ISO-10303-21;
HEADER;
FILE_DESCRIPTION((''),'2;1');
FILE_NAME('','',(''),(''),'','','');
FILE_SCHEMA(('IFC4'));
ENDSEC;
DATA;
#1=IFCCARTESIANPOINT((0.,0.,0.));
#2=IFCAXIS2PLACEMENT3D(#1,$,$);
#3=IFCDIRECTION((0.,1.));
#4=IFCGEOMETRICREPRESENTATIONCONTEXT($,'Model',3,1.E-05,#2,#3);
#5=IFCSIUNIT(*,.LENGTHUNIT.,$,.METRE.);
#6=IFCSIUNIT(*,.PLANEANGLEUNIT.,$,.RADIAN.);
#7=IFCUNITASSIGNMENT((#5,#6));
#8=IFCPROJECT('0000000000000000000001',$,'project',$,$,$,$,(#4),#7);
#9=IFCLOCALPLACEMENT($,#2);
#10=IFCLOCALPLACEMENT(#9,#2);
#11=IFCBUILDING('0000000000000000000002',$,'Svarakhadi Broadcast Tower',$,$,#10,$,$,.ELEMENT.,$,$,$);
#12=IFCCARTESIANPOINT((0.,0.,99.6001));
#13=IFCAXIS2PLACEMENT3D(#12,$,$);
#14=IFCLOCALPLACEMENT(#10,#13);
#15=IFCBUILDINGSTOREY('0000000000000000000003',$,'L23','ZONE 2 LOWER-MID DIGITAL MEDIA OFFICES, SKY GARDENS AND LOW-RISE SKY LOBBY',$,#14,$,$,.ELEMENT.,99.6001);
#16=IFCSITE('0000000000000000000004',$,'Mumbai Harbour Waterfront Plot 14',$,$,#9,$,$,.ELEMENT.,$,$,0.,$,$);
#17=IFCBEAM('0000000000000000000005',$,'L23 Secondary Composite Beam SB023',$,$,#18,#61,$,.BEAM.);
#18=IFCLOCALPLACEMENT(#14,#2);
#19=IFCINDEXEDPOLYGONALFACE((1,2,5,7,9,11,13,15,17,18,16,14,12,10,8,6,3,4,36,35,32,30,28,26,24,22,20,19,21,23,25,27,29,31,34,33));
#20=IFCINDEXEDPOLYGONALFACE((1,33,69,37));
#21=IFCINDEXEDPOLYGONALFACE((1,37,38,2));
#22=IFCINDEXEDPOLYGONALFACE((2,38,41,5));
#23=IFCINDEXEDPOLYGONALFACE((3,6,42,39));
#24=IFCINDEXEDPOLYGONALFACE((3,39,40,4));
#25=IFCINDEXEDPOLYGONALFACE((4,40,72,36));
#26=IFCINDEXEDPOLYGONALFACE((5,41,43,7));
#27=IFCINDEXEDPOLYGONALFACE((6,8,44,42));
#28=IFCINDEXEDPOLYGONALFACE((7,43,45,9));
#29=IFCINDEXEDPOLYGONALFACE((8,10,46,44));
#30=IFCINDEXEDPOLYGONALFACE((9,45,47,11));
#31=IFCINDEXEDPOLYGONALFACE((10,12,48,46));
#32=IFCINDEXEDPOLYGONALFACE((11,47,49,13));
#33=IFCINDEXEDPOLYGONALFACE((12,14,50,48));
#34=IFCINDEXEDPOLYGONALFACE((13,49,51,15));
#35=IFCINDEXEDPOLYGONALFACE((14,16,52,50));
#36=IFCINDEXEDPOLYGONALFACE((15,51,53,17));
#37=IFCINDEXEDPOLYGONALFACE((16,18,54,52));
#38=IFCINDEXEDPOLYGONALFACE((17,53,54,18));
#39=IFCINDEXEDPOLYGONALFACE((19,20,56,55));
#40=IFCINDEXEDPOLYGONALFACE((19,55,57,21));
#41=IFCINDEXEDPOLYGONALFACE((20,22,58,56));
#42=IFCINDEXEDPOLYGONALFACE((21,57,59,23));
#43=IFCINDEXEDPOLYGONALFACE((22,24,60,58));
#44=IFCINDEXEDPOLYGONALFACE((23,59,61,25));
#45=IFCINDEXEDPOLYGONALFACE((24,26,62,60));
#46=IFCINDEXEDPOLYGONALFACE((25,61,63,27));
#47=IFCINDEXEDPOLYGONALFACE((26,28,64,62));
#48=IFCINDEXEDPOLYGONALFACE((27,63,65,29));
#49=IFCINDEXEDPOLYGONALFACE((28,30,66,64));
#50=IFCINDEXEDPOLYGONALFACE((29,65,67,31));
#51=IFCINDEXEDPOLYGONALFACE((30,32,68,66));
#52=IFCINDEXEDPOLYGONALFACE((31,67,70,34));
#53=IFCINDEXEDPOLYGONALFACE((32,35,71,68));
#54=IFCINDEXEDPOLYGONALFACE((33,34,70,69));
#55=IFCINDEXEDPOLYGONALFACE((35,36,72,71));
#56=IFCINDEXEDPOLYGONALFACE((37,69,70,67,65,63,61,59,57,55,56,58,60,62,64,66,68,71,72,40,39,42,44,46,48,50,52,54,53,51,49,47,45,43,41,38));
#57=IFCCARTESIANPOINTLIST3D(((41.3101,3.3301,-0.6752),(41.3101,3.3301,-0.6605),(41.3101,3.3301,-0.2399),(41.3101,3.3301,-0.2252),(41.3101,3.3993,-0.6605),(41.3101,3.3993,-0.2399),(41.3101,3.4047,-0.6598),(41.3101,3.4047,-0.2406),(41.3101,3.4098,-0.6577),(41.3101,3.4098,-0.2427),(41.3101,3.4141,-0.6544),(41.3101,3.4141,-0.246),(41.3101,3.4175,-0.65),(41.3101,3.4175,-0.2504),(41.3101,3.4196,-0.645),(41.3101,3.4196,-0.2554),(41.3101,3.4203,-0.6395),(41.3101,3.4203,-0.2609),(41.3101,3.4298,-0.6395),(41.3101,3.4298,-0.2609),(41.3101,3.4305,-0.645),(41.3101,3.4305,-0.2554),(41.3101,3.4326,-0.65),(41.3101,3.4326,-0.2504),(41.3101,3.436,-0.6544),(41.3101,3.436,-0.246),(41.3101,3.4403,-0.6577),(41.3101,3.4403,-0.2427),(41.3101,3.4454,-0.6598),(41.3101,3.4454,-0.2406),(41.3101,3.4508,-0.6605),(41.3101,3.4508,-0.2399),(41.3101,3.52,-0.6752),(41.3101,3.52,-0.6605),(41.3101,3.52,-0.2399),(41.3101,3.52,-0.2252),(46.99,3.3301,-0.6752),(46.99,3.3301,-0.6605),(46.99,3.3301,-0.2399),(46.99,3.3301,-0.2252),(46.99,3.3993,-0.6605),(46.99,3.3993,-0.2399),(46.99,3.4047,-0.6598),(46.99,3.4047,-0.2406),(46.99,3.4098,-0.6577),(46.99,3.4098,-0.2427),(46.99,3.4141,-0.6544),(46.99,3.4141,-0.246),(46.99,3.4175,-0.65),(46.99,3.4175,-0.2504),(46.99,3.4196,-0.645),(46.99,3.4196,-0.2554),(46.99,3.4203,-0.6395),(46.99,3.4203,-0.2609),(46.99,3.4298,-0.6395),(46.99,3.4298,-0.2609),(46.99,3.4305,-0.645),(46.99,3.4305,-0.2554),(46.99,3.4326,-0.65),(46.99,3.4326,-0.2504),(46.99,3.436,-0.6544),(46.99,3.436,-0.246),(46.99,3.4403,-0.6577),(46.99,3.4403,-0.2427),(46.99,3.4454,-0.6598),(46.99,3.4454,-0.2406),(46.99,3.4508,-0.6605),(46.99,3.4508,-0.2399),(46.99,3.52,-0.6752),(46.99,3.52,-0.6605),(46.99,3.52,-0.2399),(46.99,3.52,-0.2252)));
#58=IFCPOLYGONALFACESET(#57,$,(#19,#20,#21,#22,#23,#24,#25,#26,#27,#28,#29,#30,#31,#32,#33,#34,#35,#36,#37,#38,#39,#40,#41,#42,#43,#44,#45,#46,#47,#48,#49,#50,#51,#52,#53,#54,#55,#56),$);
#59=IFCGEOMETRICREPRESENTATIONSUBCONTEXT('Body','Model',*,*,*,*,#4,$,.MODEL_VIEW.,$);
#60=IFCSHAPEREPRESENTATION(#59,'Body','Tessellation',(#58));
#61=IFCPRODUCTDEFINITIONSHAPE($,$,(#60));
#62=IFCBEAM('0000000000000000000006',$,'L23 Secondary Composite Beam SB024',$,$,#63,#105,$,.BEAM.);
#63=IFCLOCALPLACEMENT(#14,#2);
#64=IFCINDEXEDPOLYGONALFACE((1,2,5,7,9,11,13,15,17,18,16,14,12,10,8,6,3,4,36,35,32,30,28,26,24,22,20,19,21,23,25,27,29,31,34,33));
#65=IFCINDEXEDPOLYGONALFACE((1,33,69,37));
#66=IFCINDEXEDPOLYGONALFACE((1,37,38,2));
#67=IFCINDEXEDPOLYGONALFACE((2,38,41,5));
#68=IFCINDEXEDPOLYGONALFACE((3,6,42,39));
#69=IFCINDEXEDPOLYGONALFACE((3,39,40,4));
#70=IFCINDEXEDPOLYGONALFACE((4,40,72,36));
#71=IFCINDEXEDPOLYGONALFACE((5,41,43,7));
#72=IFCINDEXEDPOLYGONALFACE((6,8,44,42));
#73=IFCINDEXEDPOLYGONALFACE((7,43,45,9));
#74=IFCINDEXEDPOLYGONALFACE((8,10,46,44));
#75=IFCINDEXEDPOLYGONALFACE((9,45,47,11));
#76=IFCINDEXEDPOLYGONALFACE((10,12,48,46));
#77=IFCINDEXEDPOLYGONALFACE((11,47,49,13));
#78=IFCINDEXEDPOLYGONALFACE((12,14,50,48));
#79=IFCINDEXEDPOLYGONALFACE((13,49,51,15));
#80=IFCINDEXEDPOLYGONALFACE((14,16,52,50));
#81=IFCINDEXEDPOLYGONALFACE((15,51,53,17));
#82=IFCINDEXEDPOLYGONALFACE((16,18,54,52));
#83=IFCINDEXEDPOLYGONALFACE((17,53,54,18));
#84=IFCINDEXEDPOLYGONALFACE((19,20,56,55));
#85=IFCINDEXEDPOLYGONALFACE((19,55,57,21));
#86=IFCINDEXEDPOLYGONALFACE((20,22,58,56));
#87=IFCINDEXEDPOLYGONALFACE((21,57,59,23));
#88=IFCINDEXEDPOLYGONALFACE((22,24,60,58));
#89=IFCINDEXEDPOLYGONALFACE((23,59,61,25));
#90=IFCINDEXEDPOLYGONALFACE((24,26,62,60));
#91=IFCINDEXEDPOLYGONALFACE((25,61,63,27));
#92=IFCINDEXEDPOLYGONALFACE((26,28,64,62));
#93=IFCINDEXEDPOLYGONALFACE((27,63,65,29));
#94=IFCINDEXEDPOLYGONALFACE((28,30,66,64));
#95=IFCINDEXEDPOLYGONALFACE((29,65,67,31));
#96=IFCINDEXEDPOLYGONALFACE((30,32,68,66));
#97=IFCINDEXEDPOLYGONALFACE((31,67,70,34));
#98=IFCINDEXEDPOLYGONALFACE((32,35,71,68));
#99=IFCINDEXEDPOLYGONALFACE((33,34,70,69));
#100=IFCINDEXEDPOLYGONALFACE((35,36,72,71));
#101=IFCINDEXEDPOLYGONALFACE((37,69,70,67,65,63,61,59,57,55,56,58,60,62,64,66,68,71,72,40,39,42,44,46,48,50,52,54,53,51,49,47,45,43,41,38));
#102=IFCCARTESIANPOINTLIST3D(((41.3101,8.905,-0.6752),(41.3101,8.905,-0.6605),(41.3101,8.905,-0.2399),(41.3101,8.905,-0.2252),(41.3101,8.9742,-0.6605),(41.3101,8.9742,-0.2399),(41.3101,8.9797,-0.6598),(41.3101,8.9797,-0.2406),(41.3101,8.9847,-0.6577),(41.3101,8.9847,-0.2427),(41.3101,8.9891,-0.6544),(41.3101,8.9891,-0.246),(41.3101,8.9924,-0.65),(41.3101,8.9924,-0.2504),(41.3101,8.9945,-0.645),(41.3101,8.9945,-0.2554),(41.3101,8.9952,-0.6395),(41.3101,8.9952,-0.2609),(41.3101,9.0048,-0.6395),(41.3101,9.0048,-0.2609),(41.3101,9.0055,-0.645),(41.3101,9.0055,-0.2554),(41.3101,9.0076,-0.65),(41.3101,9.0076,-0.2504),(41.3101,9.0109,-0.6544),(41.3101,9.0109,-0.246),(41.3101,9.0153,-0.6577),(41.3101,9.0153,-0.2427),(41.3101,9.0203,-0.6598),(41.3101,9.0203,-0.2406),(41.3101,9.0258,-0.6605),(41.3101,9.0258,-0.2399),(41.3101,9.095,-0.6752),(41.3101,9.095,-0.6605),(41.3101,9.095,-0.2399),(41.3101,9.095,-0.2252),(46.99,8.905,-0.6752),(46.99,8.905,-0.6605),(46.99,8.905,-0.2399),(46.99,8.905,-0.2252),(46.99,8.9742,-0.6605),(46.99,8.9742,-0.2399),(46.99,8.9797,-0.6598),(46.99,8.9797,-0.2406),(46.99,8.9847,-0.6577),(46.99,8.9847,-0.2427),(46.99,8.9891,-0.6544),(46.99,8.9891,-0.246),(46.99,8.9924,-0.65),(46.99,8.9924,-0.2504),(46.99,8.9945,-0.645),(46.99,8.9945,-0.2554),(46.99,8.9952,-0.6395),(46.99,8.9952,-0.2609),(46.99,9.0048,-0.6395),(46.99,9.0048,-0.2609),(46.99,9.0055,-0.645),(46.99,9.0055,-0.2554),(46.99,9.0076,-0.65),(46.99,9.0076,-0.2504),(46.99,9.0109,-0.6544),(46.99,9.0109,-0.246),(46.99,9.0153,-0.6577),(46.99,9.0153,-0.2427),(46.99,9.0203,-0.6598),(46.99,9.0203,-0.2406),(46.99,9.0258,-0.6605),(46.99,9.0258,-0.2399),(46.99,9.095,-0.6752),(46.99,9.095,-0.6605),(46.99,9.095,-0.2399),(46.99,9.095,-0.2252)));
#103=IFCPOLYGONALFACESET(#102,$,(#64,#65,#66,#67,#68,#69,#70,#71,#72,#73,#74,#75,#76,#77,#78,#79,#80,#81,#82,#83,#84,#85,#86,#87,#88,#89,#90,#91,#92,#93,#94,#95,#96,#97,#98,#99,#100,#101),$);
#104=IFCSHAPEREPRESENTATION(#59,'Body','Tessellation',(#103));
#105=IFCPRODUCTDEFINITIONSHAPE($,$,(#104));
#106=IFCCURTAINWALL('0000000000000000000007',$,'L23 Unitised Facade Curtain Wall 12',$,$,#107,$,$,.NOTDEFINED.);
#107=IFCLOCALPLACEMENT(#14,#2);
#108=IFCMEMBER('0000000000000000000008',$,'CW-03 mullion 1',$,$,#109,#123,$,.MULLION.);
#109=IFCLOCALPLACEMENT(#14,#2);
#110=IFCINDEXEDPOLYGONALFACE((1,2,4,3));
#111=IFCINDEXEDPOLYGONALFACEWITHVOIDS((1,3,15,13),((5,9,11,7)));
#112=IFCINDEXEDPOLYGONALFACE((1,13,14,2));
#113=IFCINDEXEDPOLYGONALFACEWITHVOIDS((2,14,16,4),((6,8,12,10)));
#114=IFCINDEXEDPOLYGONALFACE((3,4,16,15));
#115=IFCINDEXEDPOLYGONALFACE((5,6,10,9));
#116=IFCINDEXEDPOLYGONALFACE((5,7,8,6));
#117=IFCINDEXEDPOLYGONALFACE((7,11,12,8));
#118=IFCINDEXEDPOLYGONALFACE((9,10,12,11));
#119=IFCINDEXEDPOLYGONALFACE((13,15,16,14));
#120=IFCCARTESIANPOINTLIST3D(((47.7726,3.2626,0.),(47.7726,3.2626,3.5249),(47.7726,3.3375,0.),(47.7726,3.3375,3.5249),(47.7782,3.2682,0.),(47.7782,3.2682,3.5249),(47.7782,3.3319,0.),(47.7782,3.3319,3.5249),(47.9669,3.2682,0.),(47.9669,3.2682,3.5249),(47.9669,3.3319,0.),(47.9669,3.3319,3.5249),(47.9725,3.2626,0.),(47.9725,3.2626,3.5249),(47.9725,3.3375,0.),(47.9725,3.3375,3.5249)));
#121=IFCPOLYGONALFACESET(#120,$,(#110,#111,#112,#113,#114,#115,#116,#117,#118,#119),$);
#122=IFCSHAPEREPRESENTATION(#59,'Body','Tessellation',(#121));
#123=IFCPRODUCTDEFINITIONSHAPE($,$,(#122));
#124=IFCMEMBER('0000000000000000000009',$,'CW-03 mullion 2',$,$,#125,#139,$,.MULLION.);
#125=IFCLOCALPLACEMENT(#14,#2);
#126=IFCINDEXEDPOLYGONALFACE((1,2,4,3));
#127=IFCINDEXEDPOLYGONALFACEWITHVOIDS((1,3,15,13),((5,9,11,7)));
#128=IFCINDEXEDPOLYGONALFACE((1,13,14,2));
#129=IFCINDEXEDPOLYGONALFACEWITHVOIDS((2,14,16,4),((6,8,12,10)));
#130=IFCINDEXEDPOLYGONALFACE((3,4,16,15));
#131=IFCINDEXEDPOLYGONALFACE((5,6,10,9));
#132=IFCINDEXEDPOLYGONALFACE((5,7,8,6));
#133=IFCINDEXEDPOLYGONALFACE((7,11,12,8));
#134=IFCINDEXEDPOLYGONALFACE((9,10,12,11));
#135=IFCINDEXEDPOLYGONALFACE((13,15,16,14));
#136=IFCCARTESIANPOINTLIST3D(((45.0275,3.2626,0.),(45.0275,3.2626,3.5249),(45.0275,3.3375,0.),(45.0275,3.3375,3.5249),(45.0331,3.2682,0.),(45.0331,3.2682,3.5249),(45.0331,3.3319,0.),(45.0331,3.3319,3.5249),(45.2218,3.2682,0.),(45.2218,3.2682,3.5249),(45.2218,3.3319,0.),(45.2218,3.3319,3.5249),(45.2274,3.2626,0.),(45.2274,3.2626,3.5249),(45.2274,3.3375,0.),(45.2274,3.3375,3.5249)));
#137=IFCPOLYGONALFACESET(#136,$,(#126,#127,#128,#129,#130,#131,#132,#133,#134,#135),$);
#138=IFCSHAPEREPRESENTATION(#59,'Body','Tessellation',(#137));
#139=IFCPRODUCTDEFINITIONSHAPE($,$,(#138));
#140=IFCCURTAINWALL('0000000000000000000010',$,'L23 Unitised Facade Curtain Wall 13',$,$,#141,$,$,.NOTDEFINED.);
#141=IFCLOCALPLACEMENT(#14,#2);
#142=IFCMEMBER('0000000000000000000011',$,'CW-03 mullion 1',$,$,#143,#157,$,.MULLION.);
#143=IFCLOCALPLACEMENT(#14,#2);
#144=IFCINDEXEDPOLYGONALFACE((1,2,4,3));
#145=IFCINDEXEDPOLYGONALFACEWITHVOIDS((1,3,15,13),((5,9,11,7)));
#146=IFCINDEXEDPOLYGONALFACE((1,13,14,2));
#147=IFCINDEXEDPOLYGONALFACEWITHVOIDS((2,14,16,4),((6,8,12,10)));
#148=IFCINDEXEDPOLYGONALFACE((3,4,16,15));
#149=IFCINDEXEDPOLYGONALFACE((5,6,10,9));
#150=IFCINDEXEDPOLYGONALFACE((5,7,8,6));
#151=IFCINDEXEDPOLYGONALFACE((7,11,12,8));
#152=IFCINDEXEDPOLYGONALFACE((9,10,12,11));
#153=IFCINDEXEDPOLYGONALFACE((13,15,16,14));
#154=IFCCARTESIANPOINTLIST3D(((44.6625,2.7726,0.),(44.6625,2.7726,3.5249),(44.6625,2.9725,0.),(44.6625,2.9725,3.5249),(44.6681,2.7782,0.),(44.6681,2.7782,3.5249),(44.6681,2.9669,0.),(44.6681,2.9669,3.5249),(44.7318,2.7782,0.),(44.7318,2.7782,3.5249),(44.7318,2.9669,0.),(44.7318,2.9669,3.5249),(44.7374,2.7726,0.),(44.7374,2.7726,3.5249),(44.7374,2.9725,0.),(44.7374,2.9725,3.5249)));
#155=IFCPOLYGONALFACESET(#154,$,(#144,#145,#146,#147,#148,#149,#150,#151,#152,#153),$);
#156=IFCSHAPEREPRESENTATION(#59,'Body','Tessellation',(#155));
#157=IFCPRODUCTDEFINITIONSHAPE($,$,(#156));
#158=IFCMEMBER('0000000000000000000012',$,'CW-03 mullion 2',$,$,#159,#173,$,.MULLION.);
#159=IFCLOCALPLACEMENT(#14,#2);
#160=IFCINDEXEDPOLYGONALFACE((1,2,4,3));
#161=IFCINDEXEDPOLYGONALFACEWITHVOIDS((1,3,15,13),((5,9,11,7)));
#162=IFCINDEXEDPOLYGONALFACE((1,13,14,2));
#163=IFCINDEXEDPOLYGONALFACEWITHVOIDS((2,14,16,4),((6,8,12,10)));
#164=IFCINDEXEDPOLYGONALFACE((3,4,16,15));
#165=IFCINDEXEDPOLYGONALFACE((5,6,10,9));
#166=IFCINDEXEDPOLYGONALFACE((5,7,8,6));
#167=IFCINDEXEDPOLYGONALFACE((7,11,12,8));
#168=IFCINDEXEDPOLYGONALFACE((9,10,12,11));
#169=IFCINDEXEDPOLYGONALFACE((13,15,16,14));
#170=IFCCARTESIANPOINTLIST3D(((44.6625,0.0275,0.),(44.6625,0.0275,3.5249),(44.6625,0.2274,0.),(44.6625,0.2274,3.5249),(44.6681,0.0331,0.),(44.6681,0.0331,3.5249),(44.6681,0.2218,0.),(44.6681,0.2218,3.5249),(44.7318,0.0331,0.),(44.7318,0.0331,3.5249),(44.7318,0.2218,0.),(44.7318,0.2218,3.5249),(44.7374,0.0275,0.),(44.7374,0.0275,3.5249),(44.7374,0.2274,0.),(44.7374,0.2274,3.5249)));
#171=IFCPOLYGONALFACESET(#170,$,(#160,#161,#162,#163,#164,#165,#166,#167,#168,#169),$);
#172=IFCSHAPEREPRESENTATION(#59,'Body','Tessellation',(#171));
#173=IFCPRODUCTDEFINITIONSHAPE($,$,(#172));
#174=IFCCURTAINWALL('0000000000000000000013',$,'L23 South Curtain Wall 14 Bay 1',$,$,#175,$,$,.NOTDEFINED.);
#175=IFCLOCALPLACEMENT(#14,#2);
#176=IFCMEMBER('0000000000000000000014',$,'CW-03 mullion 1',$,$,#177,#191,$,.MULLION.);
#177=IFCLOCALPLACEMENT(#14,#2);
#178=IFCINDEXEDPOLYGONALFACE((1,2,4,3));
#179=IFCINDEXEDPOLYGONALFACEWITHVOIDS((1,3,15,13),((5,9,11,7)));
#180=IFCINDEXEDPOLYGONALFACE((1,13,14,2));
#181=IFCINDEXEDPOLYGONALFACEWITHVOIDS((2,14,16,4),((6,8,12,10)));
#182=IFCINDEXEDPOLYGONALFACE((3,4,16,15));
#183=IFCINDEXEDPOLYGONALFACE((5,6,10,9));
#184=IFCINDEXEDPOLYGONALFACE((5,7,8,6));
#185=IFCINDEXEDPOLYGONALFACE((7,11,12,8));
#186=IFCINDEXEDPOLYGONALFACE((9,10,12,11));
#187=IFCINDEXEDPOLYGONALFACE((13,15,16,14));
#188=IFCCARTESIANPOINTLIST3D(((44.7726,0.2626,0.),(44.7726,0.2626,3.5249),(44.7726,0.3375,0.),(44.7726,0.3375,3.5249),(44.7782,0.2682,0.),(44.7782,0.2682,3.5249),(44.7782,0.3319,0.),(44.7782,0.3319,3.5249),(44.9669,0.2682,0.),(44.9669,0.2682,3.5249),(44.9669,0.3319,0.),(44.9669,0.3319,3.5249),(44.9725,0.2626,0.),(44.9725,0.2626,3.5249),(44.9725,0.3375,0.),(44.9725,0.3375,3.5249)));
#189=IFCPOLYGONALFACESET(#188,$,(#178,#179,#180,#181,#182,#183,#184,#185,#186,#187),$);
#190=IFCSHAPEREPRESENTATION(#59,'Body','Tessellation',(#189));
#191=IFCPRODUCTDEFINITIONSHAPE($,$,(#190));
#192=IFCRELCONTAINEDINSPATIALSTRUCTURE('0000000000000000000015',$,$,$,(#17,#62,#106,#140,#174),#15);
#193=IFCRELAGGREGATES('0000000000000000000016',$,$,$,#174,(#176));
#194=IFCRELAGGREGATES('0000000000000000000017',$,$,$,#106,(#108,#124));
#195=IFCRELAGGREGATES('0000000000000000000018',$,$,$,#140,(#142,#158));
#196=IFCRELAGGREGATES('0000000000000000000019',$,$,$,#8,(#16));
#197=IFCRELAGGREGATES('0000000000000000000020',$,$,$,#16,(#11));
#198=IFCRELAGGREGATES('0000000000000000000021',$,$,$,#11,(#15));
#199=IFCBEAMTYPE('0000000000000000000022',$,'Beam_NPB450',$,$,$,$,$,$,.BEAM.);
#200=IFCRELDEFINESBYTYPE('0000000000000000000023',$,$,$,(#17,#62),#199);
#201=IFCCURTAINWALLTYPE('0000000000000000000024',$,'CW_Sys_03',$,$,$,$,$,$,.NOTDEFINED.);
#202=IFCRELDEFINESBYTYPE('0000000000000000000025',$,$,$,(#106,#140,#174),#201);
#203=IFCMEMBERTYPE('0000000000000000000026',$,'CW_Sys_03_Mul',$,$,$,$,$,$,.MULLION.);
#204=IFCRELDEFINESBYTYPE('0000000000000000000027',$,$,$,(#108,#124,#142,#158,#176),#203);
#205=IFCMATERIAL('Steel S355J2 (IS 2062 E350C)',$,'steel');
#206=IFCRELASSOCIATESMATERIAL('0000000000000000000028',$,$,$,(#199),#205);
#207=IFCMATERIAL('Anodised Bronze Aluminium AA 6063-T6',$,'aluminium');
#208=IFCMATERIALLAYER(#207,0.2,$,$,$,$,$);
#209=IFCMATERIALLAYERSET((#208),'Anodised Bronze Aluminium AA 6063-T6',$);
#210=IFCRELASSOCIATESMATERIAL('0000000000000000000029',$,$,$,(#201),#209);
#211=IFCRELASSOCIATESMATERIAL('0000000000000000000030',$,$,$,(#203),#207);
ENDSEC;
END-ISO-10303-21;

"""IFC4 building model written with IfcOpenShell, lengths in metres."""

from ifc_helpers import new_model, si_unit, direction, frame, origin, origin_2d, place, context, subcontext, project, spatial, hollow_rectangle, i_section, extrude, material, layer, layer_set, material_profile, profile_set, type_object, element, aggregate, save


model = new_model("IFC4")

# Units and contexts
model_context = context("Model", 3, precision=1e-05, world=origin(), true_north=direction((0.0, 1.0)))
body_context = subcontext(model_context, "Body", "Model", "MODEL_VIEW")
ifc_project = project(units=[si_unit("LENGTHUNIT", "METRE"), si_unit("PLANEANGLEUNIT", "RADIAN")], contexts=[model_context])

# Site, building, storey
site_placement = place(None, origin())
site = spatial("IfcSite", under=ifc_project, at=site_placement, Name="Mumbai Harbour Waterfront Plot 14", CompositionType="ELEMENT", RefElevation=0.0)
building_placement = place(site_placement, origin())
building = spatial("IfcBuilding", under=site, at=building_placement, Name="Svarakhadi Broadcast Tower", CompositionType="ELEMENT")
storey_placement = place(building_placement, frame((0.0, 0.0, 99.6001)))
storey = spatial("IfcBuildingStorey", under=building, at=storey_placement, Name="L23", Description="ZONE 2 LOWER-MID DIGITAL MEDIA OFFICES, SKY GARDENS AND LOW-RISE SKY LOBBY", CompositionType="ELEMENT", Elevation=99.6001)

# Beams
ifc_material_1 = material(Name="Steel S355J2 (IS 2062 E350C)", Category="steel")
ifc_material_profile_1 = material_profile(ifc_material_1, i_section(OverallWidth=0.1899, OverallDepth=0.45, WebThickness=0.0095, FlangeThickness=0.0146, FilletRadius=0.021, at=origin_2d()), Name="NPB 450x190x78")
ifc_profile_set_1 = profile_set([ifc_material_profile_1], Name="Steel S355J2 (IS 2062 E350C)")
beam_type_1 = type_object("IfcBeamType", Name="Beam_NPB450", PredefinedType="BEAM", material=ifc_profile_set_1)
for number, where, z_axis, x_axis, name in (
    (1, (41.3101, 3.425, -0.4502), (1.0, 0.0, 0.0), (0.0, 1.0, 0.0), "L23 Secondary Composite Beam SB023"),
    (2, (41.3101, 9.0, -0.4502), (1.0, 0.0, 0.0), (0.0, 1.0, 0.0), "L23 Secondary Composite Beam SB024"),
):
    element("IfcBeam", number, at=place(storey_placement, frame(where, z_axis=z_axis, x_axis=x_axis)), inside=storey, type_object=beam_type_1, Name=name, PredefinedType="BEAM", context=body_context, shape_type="SweptSolid", body=[
        extrude(i_section(OverallWidth=0.1899, OverallDepth=0.45, WebThickness=0.0095, FlangeThickness=0.0146, FilletRadius=0.021, at=origin_2d()), origin(), (0.0, 0.0, 1.0), 5.6799),
    ])

# Curtain walls, members
ifc_material_2 = material(Name="Anodised Bronze Aluminium AA 6063-T6", Category="aluminium")
ifc_layer_1 = layer(ifc_material_2, 0.2)
ifc_layer_set_1 = layer_set([ifc_layer_1], Name="Anodised Bronze Aluminium AA 6063-T6")
curtain_wall_type = type_object("IfcCurtainWallType", Name="CW_Sys_03", PredefinedType="NOTDEFINED", material=ifc_layer_set_1)
curtain_wall_1_placement = place(storey_placement, origin())
curtain_wall_1 = element("IfcCurtainWall", 3, at=curtain_wall_1_placement, inside=storey, type_object=curtain_wall_type, Name="L23 Unitised Facade Curtain Wall 12", PredefinedType="NOTDEFINED")
ifc_material_profile_2 = material_profile(ifc_material_2, hollow_rectangle(XDim=0.075, YDim=0.2, WallThickness=0.0056, at=origin_2d()), Name="ALU MULLION 200x75x6")
ifc_profile_set_2 = profile_set([ifc_material_profile_2], Name="Anodised Bronze Aluminium AA 6063-T6")
member_type_1 = type_object("IfcMemberType", Name="CW_Sys_03_Mul", PredefinedType="MULLION", material=ifc_profile_set_2)
member_1_placement = place(storey_placement, frame((47.8726, 3.3, 0.0), z_axis=(0.0, 0.0, 1.0), x_axis=(0.0, -1.0, 0.0)))
member_1 = element("IfcMember", 4, at=member_1_placement, type_object=member_type_1, Name="CW-03 mullion 1", PredefinedType="MULLION", context=body_context, shape_type="SweptSolid", body=[
    extrude(hollow_rectangle(XDim=0.075, YDim=0.2, WallThickness=0.0056, at=origin_2d()), origin(), (0.0, 0.0, 1.0), 3.5249),
])
member_2_placement = place(storey_placement, frame((45.1274, 3.3, 0.0), z_axis=(0.0, 0.0, 1.0), x_axis=(0.0, -1.0, 0.0)))
member_2 = element("IfcMember", 5, at=member_2_placement, type_object=member_type_1, Name="CW-03 mullion 2", PredefinedType="MULLION", context=body_context, shape_type="SweptSolid", body=[
    extrude(hollow_rectangle(XDim=0.075, YDim=0.2, WallThickness=0.0056, at=origin_2d()), origin(), (0.0, 0.0, 1.0), 3.5249),
])
curtain_wall_2_placement = place(storey_placement, origin())
curtain_wall_2 = element("IfcCurtainWall", 6, at=curtain_wall_2_placement, inside=storey, type_object=curtain_wall_type, Name="L23 Unitised Facade Curtain Wall 13", PredefinedType="NOTDEFINED")
member_3_placement = place(storey_placement, frame((44.7, 2.8726, 0.0), z_axis=(0.0, 0.0, 1.0), x_axis=(1.0, 0.0, 0.0)))
member_3 = element("IfcMember", 7, at=member_3_placement, type_object=member_type_1, Name="CW-03 mullion 1", PredefinedType="MULLION", context=body_context, shape_type="SweptSolid", body=[
    extrude(hollow_rectangle(XDim=0.075, YDim=0.2, WallThickness=0.0056, at=origin_2d()), origin(), (0.0, 0.0, 1.0), 3.5249),
])
member_4_placement = place(storey_placement, frame((44.7, 0.1274, 0.0), z_axis=(0.0, 0.0, 1.0), x_axis=(1.0, 0.0, 0.0)))
member_4 = element("IfcMember", 8, at=member_4_placement, type_object=member_type_1, Name="CW-03 mullion 2", PredefinedType="MULLION", context=body_context, shape_type="SweptSolid", body=[
    extrude(hollow_rectangle(XDim=0.075, YDim=0.2, WallThickness=0.0056, at=origin_2d()), origin(), (0.0, 0.0, 1.0), 3.5249),
])

# Curtain wall, member
curtain_wall_3_placement = place(storey_placement, origin())
curtain_wall_3 = element("IfcCurtainWall", 9, at=curtain_wall_3_placement, inside=storey, type_object=curtain_wall_type, Name="L23 South Curtain Wall 14 Bay 1", PredefinedType="NOTDEFINED")
member_5_placement = place(storey_placement, frame((44.8726, 0.3, 0.0), z_axis=(0.0, 0.0, 1.0), x_axis=(0.0, -1.0, 0.0)))
member_5 = element("IfcMember", 10, at=member_5_placement, type_object=member_type_1, Name="CW-03 mullion 1", PredefinedType="MULLION", context=body_context, shape_type="SweptSolid", body=[
    extrude(hollow_rectangle(XDim=0.075, YDim=0.2, WallThickness=0.0056, at=origin_2d()), origin(), (0.0, 0.0, 1.0), 3.5249),
])

aggregate(curtain_wall_3, [member_5])

aggregate(curtain_wall_1, [member_1, member_2])
aggregate(curtain_wall_2, [member_3, member_4])

save(model, "model.ifc")
